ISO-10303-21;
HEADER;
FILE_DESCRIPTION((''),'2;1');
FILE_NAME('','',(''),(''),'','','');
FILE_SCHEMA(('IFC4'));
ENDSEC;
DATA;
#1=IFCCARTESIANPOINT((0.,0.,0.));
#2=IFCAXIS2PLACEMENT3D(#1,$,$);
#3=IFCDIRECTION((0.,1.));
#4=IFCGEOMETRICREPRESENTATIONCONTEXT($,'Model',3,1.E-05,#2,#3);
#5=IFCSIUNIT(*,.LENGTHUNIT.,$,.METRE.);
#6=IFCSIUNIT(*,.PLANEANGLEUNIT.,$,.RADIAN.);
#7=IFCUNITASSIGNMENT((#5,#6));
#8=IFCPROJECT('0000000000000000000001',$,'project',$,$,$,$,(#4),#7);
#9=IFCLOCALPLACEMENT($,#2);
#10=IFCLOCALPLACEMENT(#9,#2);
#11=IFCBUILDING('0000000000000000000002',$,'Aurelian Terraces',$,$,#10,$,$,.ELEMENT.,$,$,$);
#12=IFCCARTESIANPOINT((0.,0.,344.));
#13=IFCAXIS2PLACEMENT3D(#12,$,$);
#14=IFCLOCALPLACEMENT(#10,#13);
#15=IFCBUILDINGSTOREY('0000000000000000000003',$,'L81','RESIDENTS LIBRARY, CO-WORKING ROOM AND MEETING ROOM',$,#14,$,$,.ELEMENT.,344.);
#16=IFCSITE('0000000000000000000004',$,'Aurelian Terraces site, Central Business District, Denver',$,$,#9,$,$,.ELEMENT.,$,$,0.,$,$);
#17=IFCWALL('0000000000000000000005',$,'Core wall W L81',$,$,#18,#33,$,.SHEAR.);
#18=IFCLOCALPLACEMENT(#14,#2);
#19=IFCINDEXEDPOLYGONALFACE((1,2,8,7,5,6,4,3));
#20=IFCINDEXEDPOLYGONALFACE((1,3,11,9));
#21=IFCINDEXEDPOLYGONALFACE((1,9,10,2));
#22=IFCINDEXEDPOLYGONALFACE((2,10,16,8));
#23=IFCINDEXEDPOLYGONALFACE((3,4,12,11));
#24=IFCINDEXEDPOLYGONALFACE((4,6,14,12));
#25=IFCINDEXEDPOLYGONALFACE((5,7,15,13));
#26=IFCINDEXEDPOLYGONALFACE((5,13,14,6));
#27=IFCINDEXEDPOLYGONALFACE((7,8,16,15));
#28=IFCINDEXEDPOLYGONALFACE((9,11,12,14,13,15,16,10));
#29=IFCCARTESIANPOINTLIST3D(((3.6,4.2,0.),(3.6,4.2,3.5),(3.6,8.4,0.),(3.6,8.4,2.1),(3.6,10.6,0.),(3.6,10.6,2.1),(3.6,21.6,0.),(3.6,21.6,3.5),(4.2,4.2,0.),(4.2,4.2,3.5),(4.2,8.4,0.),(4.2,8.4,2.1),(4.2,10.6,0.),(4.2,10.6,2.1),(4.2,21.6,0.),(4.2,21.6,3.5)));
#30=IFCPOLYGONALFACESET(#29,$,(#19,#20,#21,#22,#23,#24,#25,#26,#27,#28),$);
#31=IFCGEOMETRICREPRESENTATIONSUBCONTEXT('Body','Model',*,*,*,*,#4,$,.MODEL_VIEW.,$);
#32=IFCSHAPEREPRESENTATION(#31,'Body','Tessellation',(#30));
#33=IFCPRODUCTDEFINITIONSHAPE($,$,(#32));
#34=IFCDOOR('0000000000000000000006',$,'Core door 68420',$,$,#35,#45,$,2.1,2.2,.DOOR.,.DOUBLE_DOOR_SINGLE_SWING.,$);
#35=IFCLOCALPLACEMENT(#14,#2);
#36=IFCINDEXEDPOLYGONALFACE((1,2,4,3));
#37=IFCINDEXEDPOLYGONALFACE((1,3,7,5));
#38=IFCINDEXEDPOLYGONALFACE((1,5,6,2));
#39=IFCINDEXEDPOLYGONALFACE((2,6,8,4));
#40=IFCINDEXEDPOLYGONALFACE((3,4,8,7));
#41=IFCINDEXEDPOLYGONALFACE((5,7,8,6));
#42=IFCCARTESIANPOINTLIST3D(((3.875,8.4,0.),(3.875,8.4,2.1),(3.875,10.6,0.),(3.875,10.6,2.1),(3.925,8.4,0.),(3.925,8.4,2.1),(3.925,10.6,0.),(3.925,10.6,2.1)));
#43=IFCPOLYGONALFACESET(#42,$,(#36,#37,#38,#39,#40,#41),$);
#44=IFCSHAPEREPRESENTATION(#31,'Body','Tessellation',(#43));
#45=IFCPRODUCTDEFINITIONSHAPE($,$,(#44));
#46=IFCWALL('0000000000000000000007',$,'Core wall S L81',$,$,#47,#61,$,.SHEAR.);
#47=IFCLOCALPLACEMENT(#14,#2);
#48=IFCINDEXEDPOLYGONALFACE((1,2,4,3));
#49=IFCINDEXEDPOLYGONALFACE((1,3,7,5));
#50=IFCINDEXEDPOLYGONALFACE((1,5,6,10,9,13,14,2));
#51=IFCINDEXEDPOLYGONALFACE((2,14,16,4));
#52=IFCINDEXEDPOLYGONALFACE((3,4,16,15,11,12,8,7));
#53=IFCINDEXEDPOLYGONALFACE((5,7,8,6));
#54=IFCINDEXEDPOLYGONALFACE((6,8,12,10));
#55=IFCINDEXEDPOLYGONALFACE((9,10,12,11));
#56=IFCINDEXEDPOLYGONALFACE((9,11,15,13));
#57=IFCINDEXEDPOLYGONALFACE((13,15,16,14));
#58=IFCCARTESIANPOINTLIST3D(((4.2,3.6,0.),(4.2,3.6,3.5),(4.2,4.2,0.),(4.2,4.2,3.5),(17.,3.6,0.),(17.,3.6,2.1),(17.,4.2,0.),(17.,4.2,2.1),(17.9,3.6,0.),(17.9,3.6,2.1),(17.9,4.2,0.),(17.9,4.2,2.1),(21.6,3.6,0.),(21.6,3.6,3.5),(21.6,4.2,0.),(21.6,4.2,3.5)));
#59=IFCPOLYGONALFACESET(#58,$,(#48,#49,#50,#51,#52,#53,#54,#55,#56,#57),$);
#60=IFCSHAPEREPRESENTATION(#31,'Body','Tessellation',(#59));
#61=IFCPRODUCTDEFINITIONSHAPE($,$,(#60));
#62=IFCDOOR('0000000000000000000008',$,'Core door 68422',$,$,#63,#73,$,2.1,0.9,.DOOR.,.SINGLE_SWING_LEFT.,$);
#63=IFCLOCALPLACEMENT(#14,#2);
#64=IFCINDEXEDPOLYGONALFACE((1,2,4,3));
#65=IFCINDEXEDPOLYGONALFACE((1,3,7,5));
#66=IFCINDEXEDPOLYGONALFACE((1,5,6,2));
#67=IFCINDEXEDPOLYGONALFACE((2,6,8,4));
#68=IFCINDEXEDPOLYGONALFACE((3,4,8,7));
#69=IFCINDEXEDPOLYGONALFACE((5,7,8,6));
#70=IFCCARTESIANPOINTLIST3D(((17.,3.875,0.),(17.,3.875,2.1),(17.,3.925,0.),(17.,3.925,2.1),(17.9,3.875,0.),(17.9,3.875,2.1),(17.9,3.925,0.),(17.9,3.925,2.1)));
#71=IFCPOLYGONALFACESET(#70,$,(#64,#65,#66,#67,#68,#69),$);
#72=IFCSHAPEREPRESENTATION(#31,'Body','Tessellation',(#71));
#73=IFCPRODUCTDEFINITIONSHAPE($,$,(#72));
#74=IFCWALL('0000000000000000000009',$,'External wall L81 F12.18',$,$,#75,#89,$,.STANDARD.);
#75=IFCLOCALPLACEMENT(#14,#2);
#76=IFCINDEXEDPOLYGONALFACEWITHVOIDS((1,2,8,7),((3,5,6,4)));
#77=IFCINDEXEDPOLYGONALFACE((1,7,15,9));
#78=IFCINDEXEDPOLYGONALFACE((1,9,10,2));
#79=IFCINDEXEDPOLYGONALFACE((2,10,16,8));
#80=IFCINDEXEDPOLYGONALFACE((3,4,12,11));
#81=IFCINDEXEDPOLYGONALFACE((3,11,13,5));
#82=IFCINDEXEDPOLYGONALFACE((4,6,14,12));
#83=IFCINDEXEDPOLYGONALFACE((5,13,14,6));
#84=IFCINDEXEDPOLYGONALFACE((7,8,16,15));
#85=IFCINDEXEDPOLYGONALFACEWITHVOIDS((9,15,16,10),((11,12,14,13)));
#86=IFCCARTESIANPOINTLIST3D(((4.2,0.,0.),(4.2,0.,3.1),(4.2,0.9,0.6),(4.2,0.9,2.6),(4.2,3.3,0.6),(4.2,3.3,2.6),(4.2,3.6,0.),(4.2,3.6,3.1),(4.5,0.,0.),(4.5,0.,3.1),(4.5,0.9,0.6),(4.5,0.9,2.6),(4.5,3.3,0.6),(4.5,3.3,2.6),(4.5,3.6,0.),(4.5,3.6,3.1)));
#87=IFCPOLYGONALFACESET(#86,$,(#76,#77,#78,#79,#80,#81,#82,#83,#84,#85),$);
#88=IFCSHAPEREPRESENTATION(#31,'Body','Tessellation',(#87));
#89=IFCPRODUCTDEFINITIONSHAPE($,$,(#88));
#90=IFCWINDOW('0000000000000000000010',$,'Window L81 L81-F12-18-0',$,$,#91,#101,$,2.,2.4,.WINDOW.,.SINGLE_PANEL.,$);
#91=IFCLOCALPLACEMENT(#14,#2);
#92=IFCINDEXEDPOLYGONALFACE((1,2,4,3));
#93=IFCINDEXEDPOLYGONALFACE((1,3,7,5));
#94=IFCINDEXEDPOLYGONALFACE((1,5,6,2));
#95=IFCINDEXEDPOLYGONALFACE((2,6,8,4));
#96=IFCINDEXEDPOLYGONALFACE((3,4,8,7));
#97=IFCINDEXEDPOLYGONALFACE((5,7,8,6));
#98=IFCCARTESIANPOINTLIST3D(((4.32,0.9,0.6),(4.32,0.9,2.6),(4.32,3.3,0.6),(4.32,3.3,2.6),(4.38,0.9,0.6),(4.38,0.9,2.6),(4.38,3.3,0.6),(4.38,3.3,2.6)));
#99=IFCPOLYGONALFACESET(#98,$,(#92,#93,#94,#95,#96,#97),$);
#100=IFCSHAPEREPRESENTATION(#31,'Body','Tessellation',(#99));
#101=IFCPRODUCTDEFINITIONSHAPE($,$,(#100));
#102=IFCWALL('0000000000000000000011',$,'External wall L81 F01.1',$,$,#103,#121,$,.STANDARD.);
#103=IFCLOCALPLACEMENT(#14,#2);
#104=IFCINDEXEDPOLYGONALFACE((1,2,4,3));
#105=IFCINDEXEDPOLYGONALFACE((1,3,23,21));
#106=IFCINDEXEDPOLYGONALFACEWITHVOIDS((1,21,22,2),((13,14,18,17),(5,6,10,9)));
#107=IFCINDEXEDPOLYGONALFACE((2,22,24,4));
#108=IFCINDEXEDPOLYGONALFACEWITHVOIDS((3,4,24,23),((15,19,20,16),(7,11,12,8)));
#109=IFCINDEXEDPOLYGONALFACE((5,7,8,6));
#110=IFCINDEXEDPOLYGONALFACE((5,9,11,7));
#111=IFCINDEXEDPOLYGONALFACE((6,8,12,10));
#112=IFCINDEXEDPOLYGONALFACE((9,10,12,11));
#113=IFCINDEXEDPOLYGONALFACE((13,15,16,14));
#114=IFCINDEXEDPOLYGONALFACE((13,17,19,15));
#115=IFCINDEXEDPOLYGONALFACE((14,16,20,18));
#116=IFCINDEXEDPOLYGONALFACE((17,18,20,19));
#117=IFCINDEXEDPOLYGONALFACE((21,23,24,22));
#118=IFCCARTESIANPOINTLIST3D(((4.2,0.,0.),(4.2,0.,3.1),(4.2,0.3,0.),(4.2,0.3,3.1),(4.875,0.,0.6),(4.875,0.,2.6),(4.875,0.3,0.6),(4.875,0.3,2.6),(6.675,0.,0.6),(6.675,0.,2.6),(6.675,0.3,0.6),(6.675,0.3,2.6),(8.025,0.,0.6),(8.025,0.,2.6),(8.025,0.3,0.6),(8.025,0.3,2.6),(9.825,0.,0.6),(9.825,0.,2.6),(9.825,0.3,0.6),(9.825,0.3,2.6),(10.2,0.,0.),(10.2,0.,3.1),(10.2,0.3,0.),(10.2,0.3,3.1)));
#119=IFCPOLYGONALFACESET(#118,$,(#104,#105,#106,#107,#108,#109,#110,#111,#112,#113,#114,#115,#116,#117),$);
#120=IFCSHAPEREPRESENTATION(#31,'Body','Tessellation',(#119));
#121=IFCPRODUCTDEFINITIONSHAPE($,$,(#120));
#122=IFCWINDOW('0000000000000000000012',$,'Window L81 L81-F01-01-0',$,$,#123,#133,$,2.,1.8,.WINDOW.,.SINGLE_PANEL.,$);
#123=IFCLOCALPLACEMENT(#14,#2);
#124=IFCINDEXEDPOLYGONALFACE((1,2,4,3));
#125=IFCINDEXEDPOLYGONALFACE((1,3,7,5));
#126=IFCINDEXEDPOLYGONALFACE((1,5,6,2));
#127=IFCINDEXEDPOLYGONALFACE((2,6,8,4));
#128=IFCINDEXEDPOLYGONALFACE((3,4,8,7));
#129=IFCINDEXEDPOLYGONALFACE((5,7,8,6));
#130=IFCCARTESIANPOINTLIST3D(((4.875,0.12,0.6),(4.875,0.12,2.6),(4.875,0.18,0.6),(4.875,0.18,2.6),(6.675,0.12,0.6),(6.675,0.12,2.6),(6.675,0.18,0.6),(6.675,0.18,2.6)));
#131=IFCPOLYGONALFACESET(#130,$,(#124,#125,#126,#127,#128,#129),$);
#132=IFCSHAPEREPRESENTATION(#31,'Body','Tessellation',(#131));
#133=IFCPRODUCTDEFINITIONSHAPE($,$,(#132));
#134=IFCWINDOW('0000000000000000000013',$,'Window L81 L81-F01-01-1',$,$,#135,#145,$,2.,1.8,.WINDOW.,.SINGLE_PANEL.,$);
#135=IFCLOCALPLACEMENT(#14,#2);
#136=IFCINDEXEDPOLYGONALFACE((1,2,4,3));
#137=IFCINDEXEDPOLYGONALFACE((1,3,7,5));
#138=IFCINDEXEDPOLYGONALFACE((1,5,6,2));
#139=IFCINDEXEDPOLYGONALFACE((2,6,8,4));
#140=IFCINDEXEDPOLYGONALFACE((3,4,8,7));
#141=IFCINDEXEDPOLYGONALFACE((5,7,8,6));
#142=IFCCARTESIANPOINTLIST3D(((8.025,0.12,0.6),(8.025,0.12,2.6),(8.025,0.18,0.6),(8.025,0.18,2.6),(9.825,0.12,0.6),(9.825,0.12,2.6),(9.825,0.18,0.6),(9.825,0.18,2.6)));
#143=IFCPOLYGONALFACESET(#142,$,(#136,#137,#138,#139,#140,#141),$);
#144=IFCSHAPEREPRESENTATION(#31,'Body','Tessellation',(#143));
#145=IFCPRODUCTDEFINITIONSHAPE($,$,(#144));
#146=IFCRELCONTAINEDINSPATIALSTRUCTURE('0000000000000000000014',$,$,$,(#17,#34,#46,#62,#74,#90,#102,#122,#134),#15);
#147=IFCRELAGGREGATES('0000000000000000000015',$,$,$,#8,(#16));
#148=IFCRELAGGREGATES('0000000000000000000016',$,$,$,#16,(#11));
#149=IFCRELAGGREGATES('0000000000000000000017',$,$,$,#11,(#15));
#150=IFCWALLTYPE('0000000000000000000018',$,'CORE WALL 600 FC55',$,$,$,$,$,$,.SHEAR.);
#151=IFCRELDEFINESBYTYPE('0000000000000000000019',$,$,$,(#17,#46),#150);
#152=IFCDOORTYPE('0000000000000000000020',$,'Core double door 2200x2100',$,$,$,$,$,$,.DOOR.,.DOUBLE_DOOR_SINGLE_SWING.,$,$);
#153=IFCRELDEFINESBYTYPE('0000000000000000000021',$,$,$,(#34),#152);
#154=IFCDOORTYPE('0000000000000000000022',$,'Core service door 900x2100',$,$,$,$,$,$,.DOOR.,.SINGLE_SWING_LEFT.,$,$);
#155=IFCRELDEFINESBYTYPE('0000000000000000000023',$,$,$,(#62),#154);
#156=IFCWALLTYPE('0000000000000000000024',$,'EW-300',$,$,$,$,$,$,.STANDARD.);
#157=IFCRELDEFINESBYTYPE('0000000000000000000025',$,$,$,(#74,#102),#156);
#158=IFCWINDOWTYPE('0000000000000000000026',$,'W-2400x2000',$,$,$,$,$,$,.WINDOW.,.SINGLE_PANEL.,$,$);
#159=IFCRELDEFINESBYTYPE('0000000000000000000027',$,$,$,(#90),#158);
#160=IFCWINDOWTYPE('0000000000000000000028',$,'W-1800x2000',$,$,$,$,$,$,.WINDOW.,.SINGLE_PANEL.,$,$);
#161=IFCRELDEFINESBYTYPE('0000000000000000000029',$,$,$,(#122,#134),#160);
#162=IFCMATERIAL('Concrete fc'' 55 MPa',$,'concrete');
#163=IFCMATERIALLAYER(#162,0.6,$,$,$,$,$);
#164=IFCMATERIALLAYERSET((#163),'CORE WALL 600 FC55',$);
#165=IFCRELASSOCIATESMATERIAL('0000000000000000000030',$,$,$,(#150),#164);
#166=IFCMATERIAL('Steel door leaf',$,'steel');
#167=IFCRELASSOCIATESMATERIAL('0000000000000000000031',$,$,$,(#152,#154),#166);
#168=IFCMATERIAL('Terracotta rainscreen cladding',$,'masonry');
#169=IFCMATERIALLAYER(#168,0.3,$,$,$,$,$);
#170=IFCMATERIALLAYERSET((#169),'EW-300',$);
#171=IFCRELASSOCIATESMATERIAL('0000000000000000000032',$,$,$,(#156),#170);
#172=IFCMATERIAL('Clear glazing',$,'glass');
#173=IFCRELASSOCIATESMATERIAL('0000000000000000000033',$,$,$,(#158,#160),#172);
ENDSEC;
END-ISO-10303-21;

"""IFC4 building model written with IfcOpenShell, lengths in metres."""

from ifc_helpers import new_model, si_unit, direction, frame, frame_2d, origin, place, context, subcontext, project, spatial, rectangle, extrude, source, transform, mapped, material, layer, layer_set, type_object, element, fill, save


model = new_model("IFC4")

# Units and contexts
model_context = context("Model", 3, precision=1e-05, world=origin(), true_north=direction((0.0, 1.0)))
body_context = subcontext(model_context, "Body", "Model", "MODEL_VIEW")
ifc_project = project(units=[si_unit("LENGTHUNIT", "METRE"), si_unit("PLANEANGLEUNIT", "RADIAN")], contexts=[model_context])

# Site, building, storey
site_placement = place(None, origin())
site = spatial("IfcSite", under=ifc_project, at=site_placement, Name="Aurelian Terraces site, Central Business District, Denver", CompositionType="ELEMENT", RefElevation=0.0)
building_placement = place(site_placement, origin())
building = spatial("IfcBuilding", under=site, at=building_placement, Name="Aurelian Terraces", CompositionType="ELEMENT")
storey_placement = place(building_placement, frame((0.0, 0.0, 344.0)))
storey = spatial("IfcBuildingStorey", under=building, at=storey_placement, Name="L81", Description="RESIDENTS LIBRARY, CO-WORKING ROOM AND MEETING ROOM", CompositionType="ELEMENT", Elevation=344.0)

# Shared definitions
ifc_material_1 = material(Name="Concrete fc' 55 MPa", Category="concrete")

# Walls, openings, doors
ifc_layer_1 = layer(ifc_material_1, 0.6)
ifc_layer_set_1 = layer_set([ifc_layer_1], Name="CORE WALL 600 FC55")
wall_type_1 = type_object("IfcWallType", Name="CORE WALL 600 FC55", PredefinedType="SHEAR", material=ifc_layer_set_1)
shared_shape_1 = source(origin(), body_context, "Body", "SweptSolid", [
    extrude(rectangle(XDim=17.4, YDim=0.6, at=frame_2d((8.7, 0.0))), origin(), (0.0, 0.0, 1.0), 3.5),
])
wall_1_placement = place(storey_placement, frame((3.9, 4.2, 0.0), z_axis=(0.0, 0.0, 1.0), x_axis=(0.0, 1.0, 0.0)))
wall_1 = element("IfcWall", 1, at=wall_1_placement, inside=storey, type_object=wall_type_1, Name="Core wall W L81", PredefinedType="SHEAR", context=body_context, shape_type="MappedRepresentation", body=[
    mapped(shared_shape_1, transform((0.0, 0.0, 0.0), scale=1.0)),
])
shared_shape_2 = source(origin(), body_context, "Body", "SweptSolid", [
    extrude(rectangle(XDim=2.2, YDim=2.1, at=frame_2d((1.1, 1.05))), frame((0.0, 0.31, 0.0), z_axis=(0.0, -1.0, 0.0), x_axis=(1.0, 0.0, 0.0)), (0.0, 0.0, 1.0), 0.62),
])
opening_1_placement = place(wall_1_placement, frame((4.2, 0.0, 0.0)))
opening_1 = element("IfcOpeningElement", 2, at=opening_1_placement, cuts=wall_1, PredefinedType="OPENING", context=body_context, shape_type="MappedRepresentation", body=[
    mapped(shared_shape_2, transform((0.0, 0.0, 0.0), scale=1.0)),
])
ifc_material_2 = material(Name="Steel door leaf", Category="steel")
door_type_1 = type_object("IfcDoorType", Name="Core double door 2200x2100", OperationType="DOUBLE_DOOR_SINGLE_SWING", PredefinedType="DOOR", material=ifc_material_2)
shared_shape_3 = source(origin(), body_context, "Body", "SweptSolid", [
    extrude(rectangle(XDim=2.2, YDim=2.1, at=frame_2d((1.1, 1.05))), frame((0.0, 0.025, 0.0), z_axis=(0.0, -1.0, 0.0), x_axis=(1.0, 0.0, 0.0)), (0.0, 0.0, 1.0), 0.05),
])
door_1_placement = place(opening_1_placement, origin())
door_1 = element("IfcDoor", 3, at=door_1_placement, inside=storey, type_object=door_type_1, Name="Core door 68420", OperationType="DOUBLE_DOOR_SINGLE_SWING", OverallHeight=2.1, OverallWidth=2.2, PredefinedType="DOOR", context=body_context, shape_type="MappedRepresentation", body=[
    mapped(shared_shape_3, transform((0.0, 0.0, 0.0), scale=1.0)),
])
fill(opening_1, door_1)
wall_2_placement = place(storey_placement, frame((4.2, 3.9, 0.0), z_axis=(0.0, 0.0, 1.0), x_axis=(1.0, 0.0, 0.0)))
wall_2 = element("IfcWall", 4, at=wall_2_placement, inside=storey, type_object=wall_type_1, Name="Core wall S L81", PredefinedType="SHEAR", context=body_context, shape_type="MappedRepresentation", body=[
    mapped(shared_shape_1, transform((0.0, 0.0, 0.0), scale=1.0)),
])
shared_shape_4 = source(origin(), body_context, "Body", "SweptSolid", [
    extrude(rectangle(XDim=0.9, YDim=2.1, at=frame_2d((0.45, 1.05))), frame((0.0, 0.31, 0.0), z_axis=(0.0, -1.0, 0.0), x_axis=(1.0, 0.0, 0.0)), (0.0, 0.0, 1.0), 0.62),
])
opening_2_placement = place(wall_2_placement, frame((12.8, 0.0, 0.0)))
opening_2 = element("IfcOpeningElement", 5, at=opening_2_placement, cuts=wall_2, PredefinedType="OPENING", context=body_context, shape_type="MappedRepresentation", body=[
    mapped(shared_shape_4, transform((0.0, 0.0, 0.0), scale=1.0)),
])
door_type_2 = type_object("IfcDoorType", Name="Core service door 900x2100", OperationType="SINGLE_SWING_LEFT", PredefinedType="DOOR", material=ifc_material_2)
shared_shape_5 = source(origin(), body_context, "Body", "SweptSolid", [
    extrude(rectangle(XDim=0.9, YDim=2.1, at=frame_2d((0.45, 1.05))), frame((0.0, 0.025, 0.0), z_axis=(0.0, -1.0, 0.0), x_axis=(1.0, 0.0, 0.0)), (0.0, 0.0, 1.0), 0.05),
])
door_2_placement = place(opening_2_placement, origin())
door_2 = element("IfcDoor", 6, at=door_2_placement, inside=storey, type_object=door_type_2, Name="Core door 68422", OperationType="SINGLE_SWING_LEFT", OverallHeight=2.1, OverallWidth=0.9, PredefinedType="DOOR", context=body_context, shape_type="MappedRepresentation", body=[
    mapped(shared_shape_5, transform((0.0, 0.0, 0.0), scale=1.0)),
])
fill(opening_2, door_2)

# Wall, opening, window
ifc_material_3 = material(Name="Terracotta rainscreen cladding", Category="masonry")
ifc_layer_2 = layer(ifc_material_3, 0.3)
ifc_layer_set_2 = layer_set([ifc_layer_2], Name="EW-300")
wall_type_2 = type_object("IfcWallType", Name="EW-300", PredefinedType="STANDARD", material=ifc_layer_set_2)
shared_shape_6 = source(origin(), body_context, "Body", "SweptSolid", [
    extrude(rectangle(XDim=3.6, YDim=0.3, at=frame_2d((1.8, 0.0))), origin(), (0.0, 0.0, 1.0), 3.1),
])
wall_3_placement = place(storey_placement, frame((4.35, 3.6, 0.0), z_axis=(0.0, 0.0, 1.0), x_axis=(0.0, -1.0, 0.0)))
wall_3 = element("IfcWall", 7, at=wall_3_placement, inside=storey, type_object=wall_type_2, Name="External wall L81 F12.18", PredefinedType="STANDARD", context=body_context, shape_type="MappedRepresentation", body=[
    mapped(shared_shape_6, transform((0.0, 0.0, 0.0), scale=1.0)),
])
shared_shape_7 = source(origin(), body_context, "Body", "SweptSolid", [
    extrude(rectangle(XDim=2.4, YDim=2.0, at=frame_2d((1.2, 1.0))), frame((0.0, 0.16, 0.0), z_axis=(0.0, -1.0, 0.0), x_axis=(1.0, 0.0, 0.0)), (0.0, 0.0, 1.0), 0.32),
])
opening_3_placement = place(wall_3_placement, frame((0.3, 0.0, 0.6)))
opening_3 = element("IfcOpeningElement", 8, at=opening_3_placement, cuts=wall_3, PredefinedType="OPENING", context=body_context, shape_type="MappedRepresentation", body=[
    mapped(shared_shape_7, transform((0.0, 0.0, 0.0), scale=1.0)),
])
ifc_material_4 = material(Name="Clear glazing", Category="glass")
window_type_1 = type_object("IfcWindowType", Name="W-2400x2000", PartitioningType="SINGLE_PANEL", PredefinedType="WINDOW", material=ifc_material_4)
shared_shape_8 = source(origin(), body_context, "Body", "SweptSolid", [
    extrude(rectangle(XDim=2.4, YDim=2.0, at=frame_2d((1.2, 1.0))), frame((0.0, 0.03, 0.0), z_axis=(0.0, -1.0, 0.0), x_axis=(1.0, 0.0, 0.0)), (0.0, 0.0, 1.0), 0.06),
])
window_1_placement = place(opening_3_placement, origin())
window_1 = element("IfcWindow", 9, at=window_1_placement, inside=storey, type_object=window_type_1, Name="Window L81 L81-F12-18-0", OverallHeight=2.0, OverallWidth=2.4, PartitioningType="SINGLE_PANEL", PredefinedType="WINDOW", context=body_context, shape_type="MappedRepresentation", body=[
    mapped(shared_shape_8, transform((0.0, 0.0, 0.0), scale=1.0)),
])
fill(opening_3, window_1)

# Wall, openings, windows
shared_shape_9 = source(origin(), body_context, "Body", "SweptSolid", [
    extrude(rectangle(XDim=6.0, YDim=0.3, at=frame_2d((3.0, 0.0))), origin(), (0.0, 0.0, 1.0), 3.1),
])
wall_4_placement = place(storey_placement, frame((4.2, 0.15, 0.0), z_axis=(0.0, 0.0, 1.0), x_axis=(1.0, 0.0, 0.0)))
wall_4 = element("IfcWall", 10, at=wall_4_placement, inside=storey, type_object=wall_type_2, Name="External wall L81 F01.1", PredefinedType="STANDARD", context=body_context, shape_type="MappedRepresentation", body=[
    mapped(shared_shape_9, transform((0.0, 0.0, 0.0), scale=1.0)),
])
shared_shape_10 = source(origin(), body_context, "Body", "SweptSolid", [
    extrude(rectangle(XDim=1.8, YDim=2.0, at=frame_2d((0.9, 1.0))), frame((0.0, 0.16, 0.0), z_axis=(0.0, -1.0, 0.0), x_axis=(1.0, 0.0, 0.0)), (0.0, 0.0, 1.0), 0.32),
])
opening_4_placement = place(wall_4_placement, frame((0.675, 0.0, 0.6)))
opening_4 = element("IfcOpeningElement", 11, at=opening_4_placement, cuts=wall_4, PredefinedType="OPENING", context=body_context, shape_type="MappedRepresentation", body=[
    mapped(shared_shape_10, transform((0.0, 0.0, 0.0), scale=1.0)),
])
opening_5_placement = place(wall_4_placement, frame((3.825, 0.0, 0.6)))
opening_5 = element("IfcOpeningElement", 12, at=opening_5_placement, cuts=wall_4, PredefinedType="OPENING", context=body_context, shape_type="MappedRepresentation", body=[
    mapped(shared_shape_10, transform((0.0, 0.0, 0.0), scale=1.0)),
])
window_type_2 = type_object("IfcWindowType", Name="W-1800x2000", PartitioningType="SINGLE_PANEL", PredefinedType="WINDOW", material=ifc_material_4)
shared_shape_11 = source(origin(), body_context, "Body", "SweptSolid", [
    extrude(rectangle(XDim=1.8, YDim=2.0, at=frame_2d((0.9, 1.0))), frame((0.0, 0.03, 0.0), z_axis=(0.0, -1.0, 0.0), x_axis=(1.0, 0.0, 0.0)), (0.0, 0.0, 1.0), 0.06),
])
window_2_placement = place(opening_4_placement, origin())
window_2 = element("IfcWindow", 13, at=window_2_placement, inside=storey, type_object=window_type_2, Name="Window L81 L81-F01-01-0", OverallHeight=2.0, OverallWidth=1.8, PartitioningType="SINGLE_PANEL", PredefinedType="WINDOW", context=body_context, shape_type="MappedRepresentation", body=[
    mapped(shared_shape_11, transform((0.0, 0.0, 0.0), scale=1.0)),
])
fill(opening_4, window_2)
window_3_placement = place(opening_5_placement, origin())
window_3 = element("IfcWindow", 14, at=window_3_placement, inside=storey, type_object=window_type_2, Name="Window L81 L81-F01-01-1", OverallHeight=2.0, OverallWidth=1.8, PartitioningType="SINGLE_PANEL", PredefinedType="WINDOW", context=body_context, shape_type="MappedRepresentation", body=[
    mapped(shared_shape_11, transform((0.0, 0.0, 0.0), scale=1.0)),
])
fill(opening_5, window_3)

save(model, "model.ifc")
